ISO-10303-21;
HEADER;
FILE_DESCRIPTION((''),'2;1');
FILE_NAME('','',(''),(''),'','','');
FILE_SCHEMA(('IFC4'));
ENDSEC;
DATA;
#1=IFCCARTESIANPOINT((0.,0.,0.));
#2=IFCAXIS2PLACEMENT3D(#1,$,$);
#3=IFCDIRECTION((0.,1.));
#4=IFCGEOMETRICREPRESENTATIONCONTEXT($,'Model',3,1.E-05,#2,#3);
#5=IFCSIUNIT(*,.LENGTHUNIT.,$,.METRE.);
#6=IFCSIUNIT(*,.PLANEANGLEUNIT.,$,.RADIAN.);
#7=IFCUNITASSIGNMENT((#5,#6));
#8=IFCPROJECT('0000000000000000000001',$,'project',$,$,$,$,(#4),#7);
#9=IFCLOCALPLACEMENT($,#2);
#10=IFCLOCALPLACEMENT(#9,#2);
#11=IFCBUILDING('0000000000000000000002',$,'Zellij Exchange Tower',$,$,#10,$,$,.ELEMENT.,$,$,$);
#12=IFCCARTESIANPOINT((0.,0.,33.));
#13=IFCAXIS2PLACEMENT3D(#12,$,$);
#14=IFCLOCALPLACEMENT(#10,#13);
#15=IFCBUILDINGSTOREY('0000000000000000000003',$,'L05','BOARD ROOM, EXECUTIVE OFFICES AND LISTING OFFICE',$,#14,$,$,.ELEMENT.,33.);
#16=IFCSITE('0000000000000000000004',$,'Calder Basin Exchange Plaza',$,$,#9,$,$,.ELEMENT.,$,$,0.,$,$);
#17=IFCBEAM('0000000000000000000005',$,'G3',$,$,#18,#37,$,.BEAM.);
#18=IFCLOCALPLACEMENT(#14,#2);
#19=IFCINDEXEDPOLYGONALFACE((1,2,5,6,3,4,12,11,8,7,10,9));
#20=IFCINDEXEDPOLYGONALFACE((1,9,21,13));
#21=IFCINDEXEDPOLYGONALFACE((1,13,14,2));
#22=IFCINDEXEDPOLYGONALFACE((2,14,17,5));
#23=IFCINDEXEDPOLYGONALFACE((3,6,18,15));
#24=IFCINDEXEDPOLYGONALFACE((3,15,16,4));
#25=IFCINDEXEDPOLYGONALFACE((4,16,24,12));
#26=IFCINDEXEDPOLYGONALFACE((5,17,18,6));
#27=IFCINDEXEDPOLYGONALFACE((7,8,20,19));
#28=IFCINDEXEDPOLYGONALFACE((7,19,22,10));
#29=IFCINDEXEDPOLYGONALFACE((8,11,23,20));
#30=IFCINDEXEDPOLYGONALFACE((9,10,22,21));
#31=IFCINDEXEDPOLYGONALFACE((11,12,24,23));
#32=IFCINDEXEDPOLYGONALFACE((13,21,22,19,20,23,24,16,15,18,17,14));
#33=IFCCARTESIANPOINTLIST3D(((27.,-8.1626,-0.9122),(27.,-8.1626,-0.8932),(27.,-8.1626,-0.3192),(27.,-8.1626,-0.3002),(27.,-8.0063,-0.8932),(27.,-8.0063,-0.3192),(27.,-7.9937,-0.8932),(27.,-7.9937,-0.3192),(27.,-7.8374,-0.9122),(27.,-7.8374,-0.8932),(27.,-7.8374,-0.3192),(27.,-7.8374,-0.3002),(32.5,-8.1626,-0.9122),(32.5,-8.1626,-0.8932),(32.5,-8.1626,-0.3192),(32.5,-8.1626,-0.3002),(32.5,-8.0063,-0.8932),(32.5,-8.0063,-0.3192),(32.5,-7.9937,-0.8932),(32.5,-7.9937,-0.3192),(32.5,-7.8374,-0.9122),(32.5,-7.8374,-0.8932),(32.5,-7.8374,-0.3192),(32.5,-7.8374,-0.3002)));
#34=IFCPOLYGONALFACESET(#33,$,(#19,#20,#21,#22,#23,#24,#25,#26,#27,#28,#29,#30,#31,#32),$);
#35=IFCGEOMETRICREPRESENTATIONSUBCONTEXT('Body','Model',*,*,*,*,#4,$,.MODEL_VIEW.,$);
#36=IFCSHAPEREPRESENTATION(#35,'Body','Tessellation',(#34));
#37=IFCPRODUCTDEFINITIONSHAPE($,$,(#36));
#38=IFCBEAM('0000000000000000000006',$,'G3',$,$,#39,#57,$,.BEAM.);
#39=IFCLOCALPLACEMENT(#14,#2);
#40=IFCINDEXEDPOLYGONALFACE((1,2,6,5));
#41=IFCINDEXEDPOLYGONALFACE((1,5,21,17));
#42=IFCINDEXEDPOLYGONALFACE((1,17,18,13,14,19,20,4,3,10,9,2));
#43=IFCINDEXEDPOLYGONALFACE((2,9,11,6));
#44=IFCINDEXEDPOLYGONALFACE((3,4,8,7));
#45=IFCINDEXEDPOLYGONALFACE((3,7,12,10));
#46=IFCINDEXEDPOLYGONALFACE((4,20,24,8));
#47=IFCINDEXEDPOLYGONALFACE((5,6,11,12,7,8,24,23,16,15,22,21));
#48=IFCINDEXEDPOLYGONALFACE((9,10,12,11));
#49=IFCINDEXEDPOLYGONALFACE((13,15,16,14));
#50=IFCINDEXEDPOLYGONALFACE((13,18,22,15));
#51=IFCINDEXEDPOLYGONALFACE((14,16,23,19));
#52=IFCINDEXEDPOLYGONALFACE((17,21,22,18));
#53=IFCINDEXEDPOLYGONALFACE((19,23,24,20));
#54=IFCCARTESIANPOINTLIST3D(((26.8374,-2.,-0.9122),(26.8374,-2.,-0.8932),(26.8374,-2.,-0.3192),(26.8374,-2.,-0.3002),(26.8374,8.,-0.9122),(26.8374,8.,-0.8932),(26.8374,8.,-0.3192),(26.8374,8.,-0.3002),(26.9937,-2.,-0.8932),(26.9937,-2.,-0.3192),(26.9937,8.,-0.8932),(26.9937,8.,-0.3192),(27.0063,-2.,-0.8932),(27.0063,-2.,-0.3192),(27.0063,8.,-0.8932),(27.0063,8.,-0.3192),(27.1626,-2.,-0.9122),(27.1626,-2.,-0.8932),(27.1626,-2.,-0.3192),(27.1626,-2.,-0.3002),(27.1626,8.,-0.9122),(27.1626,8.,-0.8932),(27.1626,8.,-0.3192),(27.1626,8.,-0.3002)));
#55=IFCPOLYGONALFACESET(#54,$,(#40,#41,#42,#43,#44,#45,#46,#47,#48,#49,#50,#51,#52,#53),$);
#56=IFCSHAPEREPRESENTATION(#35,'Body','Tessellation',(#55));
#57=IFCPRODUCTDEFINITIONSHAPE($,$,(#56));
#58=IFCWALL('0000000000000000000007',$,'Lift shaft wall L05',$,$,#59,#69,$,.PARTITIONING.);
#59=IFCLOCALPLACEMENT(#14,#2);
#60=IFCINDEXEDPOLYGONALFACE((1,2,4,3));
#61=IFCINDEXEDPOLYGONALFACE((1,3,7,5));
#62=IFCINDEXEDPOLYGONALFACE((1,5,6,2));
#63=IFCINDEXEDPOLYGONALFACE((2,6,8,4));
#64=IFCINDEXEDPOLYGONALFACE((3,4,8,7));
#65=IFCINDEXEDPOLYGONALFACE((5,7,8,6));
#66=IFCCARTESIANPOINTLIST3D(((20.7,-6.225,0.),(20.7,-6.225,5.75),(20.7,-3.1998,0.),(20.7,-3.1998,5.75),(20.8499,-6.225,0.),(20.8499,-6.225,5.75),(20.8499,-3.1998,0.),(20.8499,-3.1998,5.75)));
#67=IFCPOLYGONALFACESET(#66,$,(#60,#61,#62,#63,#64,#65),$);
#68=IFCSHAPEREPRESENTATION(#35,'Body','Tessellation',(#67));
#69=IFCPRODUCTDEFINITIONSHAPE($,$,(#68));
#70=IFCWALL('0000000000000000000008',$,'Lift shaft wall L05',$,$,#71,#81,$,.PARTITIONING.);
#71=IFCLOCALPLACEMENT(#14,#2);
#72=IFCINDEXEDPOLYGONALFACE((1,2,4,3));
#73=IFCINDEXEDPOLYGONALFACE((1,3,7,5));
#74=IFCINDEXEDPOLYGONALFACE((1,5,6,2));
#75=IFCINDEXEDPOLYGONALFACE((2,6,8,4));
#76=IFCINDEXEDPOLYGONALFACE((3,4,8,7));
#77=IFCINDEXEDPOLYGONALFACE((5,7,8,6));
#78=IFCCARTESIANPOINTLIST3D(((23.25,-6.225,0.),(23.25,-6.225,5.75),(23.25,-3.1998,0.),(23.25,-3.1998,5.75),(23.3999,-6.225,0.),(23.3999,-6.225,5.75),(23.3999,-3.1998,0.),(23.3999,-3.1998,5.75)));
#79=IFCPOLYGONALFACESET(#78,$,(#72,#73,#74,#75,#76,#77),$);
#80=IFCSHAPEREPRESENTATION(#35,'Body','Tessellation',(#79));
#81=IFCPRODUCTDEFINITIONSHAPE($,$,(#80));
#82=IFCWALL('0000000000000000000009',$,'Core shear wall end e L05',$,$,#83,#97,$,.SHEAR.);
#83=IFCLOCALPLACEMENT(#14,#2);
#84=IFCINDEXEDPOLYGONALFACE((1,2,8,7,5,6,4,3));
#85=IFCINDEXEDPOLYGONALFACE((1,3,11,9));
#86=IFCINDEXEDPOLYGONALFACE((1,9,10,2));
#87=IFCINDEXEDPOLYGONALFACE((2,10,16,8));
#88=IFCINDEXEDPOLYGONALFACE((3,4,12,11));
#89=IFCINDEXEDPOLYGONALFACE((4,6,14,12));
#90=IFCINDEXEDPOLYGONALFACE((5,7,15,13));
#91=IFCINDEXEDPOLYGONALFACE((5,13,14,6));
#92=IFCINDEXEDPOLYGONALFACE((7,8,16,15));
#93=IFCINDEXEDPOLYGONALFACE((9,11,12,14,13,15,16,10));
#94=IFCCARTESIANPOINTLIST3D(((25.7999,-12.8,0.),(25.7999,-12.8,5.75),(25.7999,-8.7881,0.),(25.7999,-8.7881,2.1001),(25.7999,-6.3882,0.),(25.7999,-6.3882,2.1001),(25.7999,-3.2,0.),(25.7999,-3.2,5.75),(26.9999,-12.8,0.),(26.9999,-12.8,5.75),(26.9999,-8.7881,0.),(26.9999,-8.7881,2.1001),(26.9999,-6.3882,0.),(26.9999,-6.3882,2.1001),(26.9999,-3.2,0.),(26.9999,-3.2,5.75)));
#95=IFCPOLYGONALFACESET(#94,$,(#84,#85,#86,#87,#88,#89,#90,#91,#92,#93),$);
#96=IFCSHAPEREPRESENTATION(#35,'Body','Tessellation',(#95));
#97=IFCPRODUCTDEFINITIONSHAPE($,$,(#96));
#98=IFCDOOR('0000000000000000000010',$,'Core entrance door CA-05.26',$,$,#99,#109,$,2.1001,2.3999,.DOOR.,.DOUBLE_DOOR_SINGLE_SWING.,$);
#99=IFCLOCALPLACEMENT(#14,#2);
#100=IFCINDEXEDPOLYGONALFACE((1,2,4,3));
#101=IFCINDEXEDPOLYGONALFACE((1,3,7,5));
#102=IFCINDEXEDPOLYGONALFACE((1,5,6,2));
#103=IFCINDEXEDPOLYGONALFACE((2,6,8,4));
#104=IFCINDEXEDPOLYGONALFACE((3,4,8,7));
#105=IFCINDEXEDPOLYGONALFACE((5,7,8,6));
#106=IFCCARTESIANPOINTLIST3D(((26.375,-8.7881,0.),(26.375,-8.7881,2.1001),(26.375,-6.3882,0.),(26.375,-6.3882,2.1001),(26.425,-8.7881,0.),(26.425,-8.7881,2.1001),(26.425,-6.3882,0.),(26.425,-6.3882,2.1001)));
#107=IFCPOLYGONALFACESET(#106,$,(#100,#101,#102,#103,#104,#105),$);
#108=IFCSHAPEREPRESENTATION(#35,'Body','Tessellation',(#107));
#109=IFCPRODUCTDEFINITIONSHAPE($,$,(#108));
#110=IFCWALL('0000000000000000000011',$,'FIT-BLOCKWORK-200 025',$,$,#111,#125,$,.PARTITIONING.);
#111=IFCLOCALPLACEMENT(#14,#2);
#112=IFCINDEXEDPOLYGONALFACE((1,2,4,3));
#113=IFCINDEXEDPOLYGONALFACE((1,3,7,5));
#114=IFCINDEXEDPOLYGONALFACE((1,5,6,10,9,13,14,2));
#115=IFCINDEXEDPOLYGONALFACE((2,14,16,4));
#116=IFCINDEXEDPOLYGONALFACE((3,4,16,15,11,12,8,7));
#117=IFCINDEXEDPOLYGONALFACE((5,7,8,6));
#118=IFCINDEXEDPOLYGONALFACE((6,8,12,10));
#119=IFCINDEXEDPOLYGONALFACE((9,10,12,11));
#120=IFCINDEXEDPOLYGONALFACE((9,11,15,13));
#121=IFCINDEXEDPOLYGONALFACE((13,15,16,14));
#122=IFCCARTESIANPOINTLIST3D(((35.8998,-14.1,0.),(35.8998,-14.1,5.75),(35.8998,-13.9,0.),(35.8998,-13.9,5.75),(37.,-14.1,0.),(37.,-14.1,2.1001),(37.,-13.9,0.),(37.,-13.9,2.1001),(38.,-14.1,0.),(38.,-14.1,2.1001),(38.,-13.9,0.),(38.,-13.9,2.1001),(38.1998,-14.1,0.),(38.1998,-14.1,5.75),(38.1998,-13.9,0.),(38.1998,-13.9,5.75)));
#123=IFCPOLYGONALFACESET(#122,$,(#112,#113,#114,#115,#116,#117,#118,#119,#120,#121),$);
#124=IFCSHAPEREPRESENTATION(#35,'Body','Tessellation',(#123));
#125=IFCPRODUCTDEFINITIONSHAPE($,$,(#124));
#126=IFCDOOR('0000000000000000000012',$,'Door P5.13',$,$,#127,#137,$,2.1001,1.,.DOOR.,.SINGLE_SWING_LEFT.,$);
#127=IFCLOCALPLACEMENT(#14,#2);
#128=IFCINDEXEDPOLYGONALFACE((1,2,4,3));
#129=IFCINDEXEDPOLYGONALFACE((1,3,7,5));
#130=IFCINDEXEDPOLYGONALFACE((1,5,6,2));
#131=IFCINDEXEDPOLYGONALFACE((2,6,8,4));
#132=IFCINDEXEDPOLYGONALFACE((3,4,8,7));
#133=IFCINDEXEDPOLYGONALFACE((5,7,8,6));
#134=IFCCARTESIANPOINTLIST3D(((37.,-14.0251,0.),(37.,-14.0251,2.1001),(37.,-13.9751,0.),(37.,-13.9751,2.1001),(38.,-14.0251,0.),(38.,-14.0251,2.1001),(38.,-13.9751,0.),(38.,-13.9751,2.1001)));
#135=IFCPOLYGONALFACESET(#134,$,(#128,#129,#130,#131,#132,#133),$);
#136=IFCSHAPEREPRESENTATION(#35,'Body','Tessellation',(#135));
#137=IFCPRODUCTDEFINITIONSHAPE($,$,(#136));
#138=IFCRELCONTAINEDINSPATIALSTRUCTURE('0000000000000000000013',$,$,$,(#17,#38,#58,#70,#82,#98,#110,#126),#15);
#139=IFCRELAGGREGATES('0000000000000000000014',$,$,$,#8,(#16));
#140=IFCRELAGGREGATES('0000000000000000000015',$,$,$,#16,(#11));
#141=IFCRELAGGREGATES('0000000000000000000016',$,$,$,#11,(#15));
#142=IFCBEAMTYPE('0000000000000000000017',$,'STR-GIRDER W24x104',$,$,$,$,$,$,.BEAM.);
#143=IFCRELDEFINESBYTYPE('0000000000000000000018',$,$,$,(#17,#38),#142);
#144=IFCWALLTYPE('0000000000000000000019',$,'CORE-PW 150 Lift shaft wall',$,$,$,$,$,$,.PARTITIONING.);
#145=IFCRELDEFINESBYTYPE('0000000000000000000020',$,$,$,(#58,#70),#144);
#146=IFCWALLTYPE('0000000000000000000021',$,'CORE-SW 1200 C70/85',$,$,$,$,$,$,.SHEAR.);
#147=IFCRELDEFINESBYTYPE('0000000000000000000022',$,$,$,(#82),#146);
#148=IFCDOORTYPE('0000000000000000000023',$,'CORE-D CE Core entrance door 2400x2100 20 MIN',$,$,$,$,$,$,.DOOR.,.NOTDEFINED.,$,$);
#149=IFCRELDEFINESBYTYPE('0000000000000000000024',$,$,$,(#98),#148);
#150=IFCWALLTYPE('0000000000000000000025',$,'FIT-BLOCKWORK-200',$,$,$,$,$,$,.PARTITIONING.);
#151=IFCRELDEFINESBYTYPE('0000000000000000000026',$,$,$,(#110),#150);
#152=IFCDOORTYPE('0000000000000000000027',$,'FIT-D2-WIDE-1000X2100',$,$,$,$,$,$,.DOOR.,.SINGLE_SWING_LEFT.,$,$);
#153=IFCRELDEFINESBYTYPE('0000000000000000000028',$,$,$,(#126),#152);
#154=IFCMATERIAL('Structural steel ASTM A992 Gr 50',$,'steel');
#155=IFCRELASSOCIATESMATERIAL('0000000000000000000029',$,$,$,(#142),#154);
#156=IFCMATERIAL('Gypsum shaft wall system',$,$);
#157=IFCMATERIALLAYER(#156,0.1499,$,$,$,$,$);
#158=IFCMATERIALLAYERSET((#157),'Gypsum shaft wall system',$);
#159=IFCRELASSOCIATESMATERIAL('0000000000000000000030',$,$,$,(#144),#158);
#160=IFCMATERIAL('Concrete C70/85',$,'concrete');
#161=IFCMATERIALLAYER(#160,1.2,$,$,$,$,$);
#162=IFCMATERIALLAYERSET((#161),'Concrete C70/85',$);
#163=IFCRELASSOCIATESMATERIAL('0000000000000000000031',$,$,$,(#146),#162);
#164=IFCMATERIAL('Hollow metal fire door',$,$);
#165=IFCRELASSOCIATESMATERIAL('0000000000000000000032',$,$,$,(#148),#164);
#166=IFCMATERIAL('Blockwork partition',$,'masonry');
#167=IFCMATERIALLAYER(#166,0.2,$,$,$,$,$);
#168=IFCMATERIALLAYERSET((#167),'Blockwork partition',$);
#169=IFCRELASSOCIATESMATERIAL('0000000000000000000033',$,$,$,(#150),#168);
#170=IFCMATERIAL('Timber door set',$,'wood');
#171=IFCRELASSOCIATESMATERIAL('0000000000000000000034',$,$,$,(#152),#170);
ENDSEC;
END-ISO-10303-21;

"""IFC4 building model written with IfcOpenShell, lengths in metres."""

from ifc_helpers import new_model, si_unit, direction, frame, frame_2d, origin, origin_2d, place, context, subcontext, project, spatial, rectangle, i_section, extrude, material, layer, layer_set, material_profile, profile_set, type_object, element, fill, save


model = new_model("IFC4")

# Units and contexts
model_context = context("Model", 3, precision=1e-05, world=origin(), true_north=direction((0.0, 1.0)))
body_context = subcontext(model_context, "Body", "Model", "MODEL_VIEW")
ifc_project = project(units=[si_unit("LENGTHUNIT", "METRE"), si_unit("PLANEANGLEUNIT", "RADIAN")], contexts=[model_context])

# Site, building, storey
site_placement = place(None, origin())
site = spatial("IfcSite", under=ifc_project, at=site_placement, Name="Calder Basin Exchange Plaza", CompositionType="ELEMENT", RefElevation=0.0)
building_placement = place(site_placement, origin())
building = spatial("IfcBuilding", under=site, at=building_placement, Name="Zellij Exchange Tower", CompositionType="ELEMENT")
storey_placement = place(building_placement, frame((0.0, 0.0, 33.0)))
storey = spatial("IfcBuildingStorey", under=building, at=storey_placement, Name="L05", Description="BOARD ROOM, EXECUTIVE OFFICES AND LISTING OFFICE", CompositionType="ELEMENT", Elevation=33.0)

# Shared definitions
ifc_material_1 = material(Name="Concrete C70/85", Category="concrete")

# Beams
ifc_material_2 = material(Name="Structural steel ASTM A992 Gr 50", Category="steel")
ifc_material_profile_1 = material_profile(ifc_material_2, i_section(OverallWidth=0.3252, OverallDepth=0.6121, WebThickness=0.0127, FlangeThickness=0.019, at=origin_2d()), Name="W24x104")
ifc_profile_set_1 = profile_set([ifc_material_profile_1], Name="Structural steel ASTM A992 Gr 50")
beam_type_1 = type_object("IfcBeamType", Name="STR-GIRDER W24x104", PredefinedType="BEAM", material=ifc_profile_set_1)
beam_1_placement = place(storey_placement, frame((27.0, -8.0, -0.6062), z_axis=(1.0, 0.0, 0.0), x_axis=(0.0, 1.0, 0.0)))
element("IfcBeam", 1, at=beam_1_placement, inside=storey, type_object=beam_type_1, Name="G3", PredefinedType="BEAM", context=body_context, shape_type="SweptSolid", body=[
    extrude(i_section(OverallWidth=0.3252, OverallDepth=0.6121, WebThickness=0.0127, FlangeThickness=0.019, at=origin_2d()), origin(), (0.0, 0.0, 1.0), 5.5),
])
beam_2_placement = place(storey_placement, frame((27.0, -2.0, -0.6062), z_axis=(0.0, 1.0, 0.0), x_axis=(-1.0, 0.0, 0.0)))
element("IfcBeam", 2, at=beam_2_placement, inside=storey, type_object=beam_type_1, Name="G3", PredefinedType="BEAM", context=body_context, shape_type="SweptSolid", body=[
    extrude(i_section(OverallWidth=0.3252, OverallDepth=0.6121, WebThickness=0.0127, FlangeThickness=0.019, at=origin_2d()), origin(), (0.0, 0.0, 1.0), 10.0),
])

# Walls
ifc_material_3 = material(Name="Gypsum shaft wall system")
ifc_layer_1 = layer(ifc_material_3, 0.1499)
ifc_layer_set_1 = layer_set([ifc_layer_1], Name="Gypsum shaft wall system")
wall_type_1 = type_object("IfcWallType", Name="CORE-PW 150 Lift shaft wall", PredefinedType="PARTITIONING", material=ifc_layer_set_1)
for number, where, z_axis, x_axis, name in (
    (3, (20.7749, -6.2251, 0.0), (0.0, 0.0, 1.0), (0.0, 1.0, 0.0), "Lift shaft wall L05"),
    (4, (23.325, -6.2251, 0.0), (0.0, 0.0, 1.0), (0.0, 1.0, 0.0), "Lift shaft wall L05"),
):
    element("IfcWall", number, at=place(storey_placement, frame(where, z_axis=z_axis, x_axis=x_axis)), inside=storey, type_object=wall_type_1, Name=name, PredefinedType="PARTITIONING", context=body_context, shape_type="SweptSolid", body=[
        extrude(rectangle(XDim=3.0251, YDim=0.1499, at=frame_2d((1.5127, 0.0))), origin(), (0.0, 0.0, 1.0), 5.75),
    ])

# Walls, openings, doors
ifc_layer_2 = layer(ifc_material_1, 1.2)
ifc_layer_set_2 = layer_set([ifc_layer_2], Name="Concrete C70/85")
wall_type_2 = type_object("IfcWallType", Name="CORE-SW 1200 C70/85", PredefinedType="SHEAR", material=ifc_layer_set_2)
wall_1_placement = place(storey_placement, frame((26.3999, -12.8, 0.0), z_axis=(0.0, 0.0, 1.0), x_axis=(0.0, 1.0, 0.0)))
wall_1 = element("IfcWall", 5, at=wall_1_placement, inside=storey, type_object=wall_type_2, Name="Core shear wall end e L05", PredefinedType="SHEAR", context=body_context, shape_type="SweptSolid", body=[
    extrude(rectangle(XDim=9.6001, YDim=1.2, at=frame_2d((4.8, 0.0))), origin(), (0.0, 0.0, 1.0), 5.75),
])
opening_1_placement = place(wall_1_placement, frame((4.012, 0.0, 0.0)))
opening_1 = element("IfcOpeningElement", 6, at=opening_1_placement, cuts=wall_1, PredefinedType="OPENING", context=body_context, shape_type="SweptSolid", body=[
    extrude(rectangle(XDim=2.3999, YDim=2.1001, at=frame_2d((1.2, 1.05))), frame((0.0, 0.6118, 0.0), z_axis=(0.0, -1.0, 0.0), x_axis=(1.0, 0.0, 0.0)), (0.0, 0.0, 1.0), 1.2239),
])
ifc_material_4 = material(Name="Hollow metal fire door")
door_type_1 = type_object("IfcDoorType", Name="CORE-D CE Core entrance door 2400x2100 20 MIN", OperationType="NOTDEFINED", PredefinedType="DOOR", material=ifc_material_4)
door_1_placement = place(opening_1_placement, origin())
door_1 = element("IfcDoor", 7, at=door_1_placement, inside=storey, type_object=door_type_1, Name="Core entrance door CA-05.26", OperationType="DOUBLE_DOOR_SINGLE_SWING", OverallHeight=2.1001, OverallWidth=2.3999, PredefinedType="DOOR", context=body_context, shape_type="SweptSolid", body=[
    extrude(rectangle(XDim=2.3999, YDim=2.1001, at=frame_2d((1.2, 1.05))), frame((0.0, 0.0249, 0.0), z_axis=(0.0, -1.0, 0.0), x_axis=(1.0, 0.0, 0.0)), (0.0, 0.0, 1.0), 0.05),
])
fill(opening_1, door_1)
ifc_material_5 = material(Name="Blockwork partition", Category="masonry")
ifc_layer_3 = layer(ifc_material_5, 0.2)
ifc_layer_set_3 = layer_set([ifc_layer_3], Name="Blockwork partition")
wall_type_3 = type_object("IfcWallType", Name="FIT-BLOCKWORK-200", PredefinedType="PARTITIONING", material=ifc_layer_set_3)
wall_2_placement = place(storey_placement, frame((35.8999, -14.0, 0.0), z_axis=(0.0, 0.0, 1.0), x_axis=(1.0, 0.0, 0.0)))
wall_2 = element("IfcWall", 8, at=wall_2_placement, inside=storey, type_object=wall_type_3, Name="FIT-BLOCKWORK-200 025", PredefinedType="PARTITIONING", context=body_context, shape_type="SweptSolid", body=[
    extrude(rectangle(XDim=2.3, YDim=0.2, at=frame_2d((1.1499, 0.0))), origin(), (0.0, 0.0, 1.0), 5.75),
])
opening_2_placement = place(wall_2_placement, frame((1.1001, 0.0, 0.0)))
opening_2 = element("IfcOpeningElement", 9, at=opening_2_placement, cuts=wall_2, PredefinedType="OPENING", context=body_context, shape_type="SweptSolid", body=[
    extrude(rectangle(XDim=1.0, YDim=2.1001, at=frame_2d((0.5, 1.05))), frame((0.0, 0.1118, 0.0), z_axis=(0.0, -1.0, 0.0), x_axis=(1.0, 0.0, 0.0)), (0.0, 0.0, 1.0), 0.2239),
])
ifc_material_6 = material(Name="Timber door set", Category="wood")
door_type_2 = type_object("IfcDoorType", Name="FIT-D2-WIDE-1000X2100", OperationType="SINGLE_SWING_LEFT", PredefinedType="DOOR", material=ifc_material_6)
door_2_placement = place(opening_2_placement, origin())
door_2 = element("IfcDoor", 10, at=door_2_placement, inside=storey, type_object=door_type_2, Name="Door P5.13", OperationType="SINGLE_SWING_LEFT", OverallHeight=2.1001, OverallWidth=1.0, PredefinedType="DOOR", context=body_context, shape_type="SweptSolid", body=[
    extrude(rectangle(XDim=1.0, YDim=2.1001, at=frame_2d((0.5, 1.05))), frame((0.0, 0.0249, 0.0), z_axis=(0.0, -1.0, 0.0), x_axis=(1.0, 0.0, 0.0)), (0.0, 0.0, 1.0), 0.05),
])
fill(opening_2, door_2)

save(model, "model.ifc")
